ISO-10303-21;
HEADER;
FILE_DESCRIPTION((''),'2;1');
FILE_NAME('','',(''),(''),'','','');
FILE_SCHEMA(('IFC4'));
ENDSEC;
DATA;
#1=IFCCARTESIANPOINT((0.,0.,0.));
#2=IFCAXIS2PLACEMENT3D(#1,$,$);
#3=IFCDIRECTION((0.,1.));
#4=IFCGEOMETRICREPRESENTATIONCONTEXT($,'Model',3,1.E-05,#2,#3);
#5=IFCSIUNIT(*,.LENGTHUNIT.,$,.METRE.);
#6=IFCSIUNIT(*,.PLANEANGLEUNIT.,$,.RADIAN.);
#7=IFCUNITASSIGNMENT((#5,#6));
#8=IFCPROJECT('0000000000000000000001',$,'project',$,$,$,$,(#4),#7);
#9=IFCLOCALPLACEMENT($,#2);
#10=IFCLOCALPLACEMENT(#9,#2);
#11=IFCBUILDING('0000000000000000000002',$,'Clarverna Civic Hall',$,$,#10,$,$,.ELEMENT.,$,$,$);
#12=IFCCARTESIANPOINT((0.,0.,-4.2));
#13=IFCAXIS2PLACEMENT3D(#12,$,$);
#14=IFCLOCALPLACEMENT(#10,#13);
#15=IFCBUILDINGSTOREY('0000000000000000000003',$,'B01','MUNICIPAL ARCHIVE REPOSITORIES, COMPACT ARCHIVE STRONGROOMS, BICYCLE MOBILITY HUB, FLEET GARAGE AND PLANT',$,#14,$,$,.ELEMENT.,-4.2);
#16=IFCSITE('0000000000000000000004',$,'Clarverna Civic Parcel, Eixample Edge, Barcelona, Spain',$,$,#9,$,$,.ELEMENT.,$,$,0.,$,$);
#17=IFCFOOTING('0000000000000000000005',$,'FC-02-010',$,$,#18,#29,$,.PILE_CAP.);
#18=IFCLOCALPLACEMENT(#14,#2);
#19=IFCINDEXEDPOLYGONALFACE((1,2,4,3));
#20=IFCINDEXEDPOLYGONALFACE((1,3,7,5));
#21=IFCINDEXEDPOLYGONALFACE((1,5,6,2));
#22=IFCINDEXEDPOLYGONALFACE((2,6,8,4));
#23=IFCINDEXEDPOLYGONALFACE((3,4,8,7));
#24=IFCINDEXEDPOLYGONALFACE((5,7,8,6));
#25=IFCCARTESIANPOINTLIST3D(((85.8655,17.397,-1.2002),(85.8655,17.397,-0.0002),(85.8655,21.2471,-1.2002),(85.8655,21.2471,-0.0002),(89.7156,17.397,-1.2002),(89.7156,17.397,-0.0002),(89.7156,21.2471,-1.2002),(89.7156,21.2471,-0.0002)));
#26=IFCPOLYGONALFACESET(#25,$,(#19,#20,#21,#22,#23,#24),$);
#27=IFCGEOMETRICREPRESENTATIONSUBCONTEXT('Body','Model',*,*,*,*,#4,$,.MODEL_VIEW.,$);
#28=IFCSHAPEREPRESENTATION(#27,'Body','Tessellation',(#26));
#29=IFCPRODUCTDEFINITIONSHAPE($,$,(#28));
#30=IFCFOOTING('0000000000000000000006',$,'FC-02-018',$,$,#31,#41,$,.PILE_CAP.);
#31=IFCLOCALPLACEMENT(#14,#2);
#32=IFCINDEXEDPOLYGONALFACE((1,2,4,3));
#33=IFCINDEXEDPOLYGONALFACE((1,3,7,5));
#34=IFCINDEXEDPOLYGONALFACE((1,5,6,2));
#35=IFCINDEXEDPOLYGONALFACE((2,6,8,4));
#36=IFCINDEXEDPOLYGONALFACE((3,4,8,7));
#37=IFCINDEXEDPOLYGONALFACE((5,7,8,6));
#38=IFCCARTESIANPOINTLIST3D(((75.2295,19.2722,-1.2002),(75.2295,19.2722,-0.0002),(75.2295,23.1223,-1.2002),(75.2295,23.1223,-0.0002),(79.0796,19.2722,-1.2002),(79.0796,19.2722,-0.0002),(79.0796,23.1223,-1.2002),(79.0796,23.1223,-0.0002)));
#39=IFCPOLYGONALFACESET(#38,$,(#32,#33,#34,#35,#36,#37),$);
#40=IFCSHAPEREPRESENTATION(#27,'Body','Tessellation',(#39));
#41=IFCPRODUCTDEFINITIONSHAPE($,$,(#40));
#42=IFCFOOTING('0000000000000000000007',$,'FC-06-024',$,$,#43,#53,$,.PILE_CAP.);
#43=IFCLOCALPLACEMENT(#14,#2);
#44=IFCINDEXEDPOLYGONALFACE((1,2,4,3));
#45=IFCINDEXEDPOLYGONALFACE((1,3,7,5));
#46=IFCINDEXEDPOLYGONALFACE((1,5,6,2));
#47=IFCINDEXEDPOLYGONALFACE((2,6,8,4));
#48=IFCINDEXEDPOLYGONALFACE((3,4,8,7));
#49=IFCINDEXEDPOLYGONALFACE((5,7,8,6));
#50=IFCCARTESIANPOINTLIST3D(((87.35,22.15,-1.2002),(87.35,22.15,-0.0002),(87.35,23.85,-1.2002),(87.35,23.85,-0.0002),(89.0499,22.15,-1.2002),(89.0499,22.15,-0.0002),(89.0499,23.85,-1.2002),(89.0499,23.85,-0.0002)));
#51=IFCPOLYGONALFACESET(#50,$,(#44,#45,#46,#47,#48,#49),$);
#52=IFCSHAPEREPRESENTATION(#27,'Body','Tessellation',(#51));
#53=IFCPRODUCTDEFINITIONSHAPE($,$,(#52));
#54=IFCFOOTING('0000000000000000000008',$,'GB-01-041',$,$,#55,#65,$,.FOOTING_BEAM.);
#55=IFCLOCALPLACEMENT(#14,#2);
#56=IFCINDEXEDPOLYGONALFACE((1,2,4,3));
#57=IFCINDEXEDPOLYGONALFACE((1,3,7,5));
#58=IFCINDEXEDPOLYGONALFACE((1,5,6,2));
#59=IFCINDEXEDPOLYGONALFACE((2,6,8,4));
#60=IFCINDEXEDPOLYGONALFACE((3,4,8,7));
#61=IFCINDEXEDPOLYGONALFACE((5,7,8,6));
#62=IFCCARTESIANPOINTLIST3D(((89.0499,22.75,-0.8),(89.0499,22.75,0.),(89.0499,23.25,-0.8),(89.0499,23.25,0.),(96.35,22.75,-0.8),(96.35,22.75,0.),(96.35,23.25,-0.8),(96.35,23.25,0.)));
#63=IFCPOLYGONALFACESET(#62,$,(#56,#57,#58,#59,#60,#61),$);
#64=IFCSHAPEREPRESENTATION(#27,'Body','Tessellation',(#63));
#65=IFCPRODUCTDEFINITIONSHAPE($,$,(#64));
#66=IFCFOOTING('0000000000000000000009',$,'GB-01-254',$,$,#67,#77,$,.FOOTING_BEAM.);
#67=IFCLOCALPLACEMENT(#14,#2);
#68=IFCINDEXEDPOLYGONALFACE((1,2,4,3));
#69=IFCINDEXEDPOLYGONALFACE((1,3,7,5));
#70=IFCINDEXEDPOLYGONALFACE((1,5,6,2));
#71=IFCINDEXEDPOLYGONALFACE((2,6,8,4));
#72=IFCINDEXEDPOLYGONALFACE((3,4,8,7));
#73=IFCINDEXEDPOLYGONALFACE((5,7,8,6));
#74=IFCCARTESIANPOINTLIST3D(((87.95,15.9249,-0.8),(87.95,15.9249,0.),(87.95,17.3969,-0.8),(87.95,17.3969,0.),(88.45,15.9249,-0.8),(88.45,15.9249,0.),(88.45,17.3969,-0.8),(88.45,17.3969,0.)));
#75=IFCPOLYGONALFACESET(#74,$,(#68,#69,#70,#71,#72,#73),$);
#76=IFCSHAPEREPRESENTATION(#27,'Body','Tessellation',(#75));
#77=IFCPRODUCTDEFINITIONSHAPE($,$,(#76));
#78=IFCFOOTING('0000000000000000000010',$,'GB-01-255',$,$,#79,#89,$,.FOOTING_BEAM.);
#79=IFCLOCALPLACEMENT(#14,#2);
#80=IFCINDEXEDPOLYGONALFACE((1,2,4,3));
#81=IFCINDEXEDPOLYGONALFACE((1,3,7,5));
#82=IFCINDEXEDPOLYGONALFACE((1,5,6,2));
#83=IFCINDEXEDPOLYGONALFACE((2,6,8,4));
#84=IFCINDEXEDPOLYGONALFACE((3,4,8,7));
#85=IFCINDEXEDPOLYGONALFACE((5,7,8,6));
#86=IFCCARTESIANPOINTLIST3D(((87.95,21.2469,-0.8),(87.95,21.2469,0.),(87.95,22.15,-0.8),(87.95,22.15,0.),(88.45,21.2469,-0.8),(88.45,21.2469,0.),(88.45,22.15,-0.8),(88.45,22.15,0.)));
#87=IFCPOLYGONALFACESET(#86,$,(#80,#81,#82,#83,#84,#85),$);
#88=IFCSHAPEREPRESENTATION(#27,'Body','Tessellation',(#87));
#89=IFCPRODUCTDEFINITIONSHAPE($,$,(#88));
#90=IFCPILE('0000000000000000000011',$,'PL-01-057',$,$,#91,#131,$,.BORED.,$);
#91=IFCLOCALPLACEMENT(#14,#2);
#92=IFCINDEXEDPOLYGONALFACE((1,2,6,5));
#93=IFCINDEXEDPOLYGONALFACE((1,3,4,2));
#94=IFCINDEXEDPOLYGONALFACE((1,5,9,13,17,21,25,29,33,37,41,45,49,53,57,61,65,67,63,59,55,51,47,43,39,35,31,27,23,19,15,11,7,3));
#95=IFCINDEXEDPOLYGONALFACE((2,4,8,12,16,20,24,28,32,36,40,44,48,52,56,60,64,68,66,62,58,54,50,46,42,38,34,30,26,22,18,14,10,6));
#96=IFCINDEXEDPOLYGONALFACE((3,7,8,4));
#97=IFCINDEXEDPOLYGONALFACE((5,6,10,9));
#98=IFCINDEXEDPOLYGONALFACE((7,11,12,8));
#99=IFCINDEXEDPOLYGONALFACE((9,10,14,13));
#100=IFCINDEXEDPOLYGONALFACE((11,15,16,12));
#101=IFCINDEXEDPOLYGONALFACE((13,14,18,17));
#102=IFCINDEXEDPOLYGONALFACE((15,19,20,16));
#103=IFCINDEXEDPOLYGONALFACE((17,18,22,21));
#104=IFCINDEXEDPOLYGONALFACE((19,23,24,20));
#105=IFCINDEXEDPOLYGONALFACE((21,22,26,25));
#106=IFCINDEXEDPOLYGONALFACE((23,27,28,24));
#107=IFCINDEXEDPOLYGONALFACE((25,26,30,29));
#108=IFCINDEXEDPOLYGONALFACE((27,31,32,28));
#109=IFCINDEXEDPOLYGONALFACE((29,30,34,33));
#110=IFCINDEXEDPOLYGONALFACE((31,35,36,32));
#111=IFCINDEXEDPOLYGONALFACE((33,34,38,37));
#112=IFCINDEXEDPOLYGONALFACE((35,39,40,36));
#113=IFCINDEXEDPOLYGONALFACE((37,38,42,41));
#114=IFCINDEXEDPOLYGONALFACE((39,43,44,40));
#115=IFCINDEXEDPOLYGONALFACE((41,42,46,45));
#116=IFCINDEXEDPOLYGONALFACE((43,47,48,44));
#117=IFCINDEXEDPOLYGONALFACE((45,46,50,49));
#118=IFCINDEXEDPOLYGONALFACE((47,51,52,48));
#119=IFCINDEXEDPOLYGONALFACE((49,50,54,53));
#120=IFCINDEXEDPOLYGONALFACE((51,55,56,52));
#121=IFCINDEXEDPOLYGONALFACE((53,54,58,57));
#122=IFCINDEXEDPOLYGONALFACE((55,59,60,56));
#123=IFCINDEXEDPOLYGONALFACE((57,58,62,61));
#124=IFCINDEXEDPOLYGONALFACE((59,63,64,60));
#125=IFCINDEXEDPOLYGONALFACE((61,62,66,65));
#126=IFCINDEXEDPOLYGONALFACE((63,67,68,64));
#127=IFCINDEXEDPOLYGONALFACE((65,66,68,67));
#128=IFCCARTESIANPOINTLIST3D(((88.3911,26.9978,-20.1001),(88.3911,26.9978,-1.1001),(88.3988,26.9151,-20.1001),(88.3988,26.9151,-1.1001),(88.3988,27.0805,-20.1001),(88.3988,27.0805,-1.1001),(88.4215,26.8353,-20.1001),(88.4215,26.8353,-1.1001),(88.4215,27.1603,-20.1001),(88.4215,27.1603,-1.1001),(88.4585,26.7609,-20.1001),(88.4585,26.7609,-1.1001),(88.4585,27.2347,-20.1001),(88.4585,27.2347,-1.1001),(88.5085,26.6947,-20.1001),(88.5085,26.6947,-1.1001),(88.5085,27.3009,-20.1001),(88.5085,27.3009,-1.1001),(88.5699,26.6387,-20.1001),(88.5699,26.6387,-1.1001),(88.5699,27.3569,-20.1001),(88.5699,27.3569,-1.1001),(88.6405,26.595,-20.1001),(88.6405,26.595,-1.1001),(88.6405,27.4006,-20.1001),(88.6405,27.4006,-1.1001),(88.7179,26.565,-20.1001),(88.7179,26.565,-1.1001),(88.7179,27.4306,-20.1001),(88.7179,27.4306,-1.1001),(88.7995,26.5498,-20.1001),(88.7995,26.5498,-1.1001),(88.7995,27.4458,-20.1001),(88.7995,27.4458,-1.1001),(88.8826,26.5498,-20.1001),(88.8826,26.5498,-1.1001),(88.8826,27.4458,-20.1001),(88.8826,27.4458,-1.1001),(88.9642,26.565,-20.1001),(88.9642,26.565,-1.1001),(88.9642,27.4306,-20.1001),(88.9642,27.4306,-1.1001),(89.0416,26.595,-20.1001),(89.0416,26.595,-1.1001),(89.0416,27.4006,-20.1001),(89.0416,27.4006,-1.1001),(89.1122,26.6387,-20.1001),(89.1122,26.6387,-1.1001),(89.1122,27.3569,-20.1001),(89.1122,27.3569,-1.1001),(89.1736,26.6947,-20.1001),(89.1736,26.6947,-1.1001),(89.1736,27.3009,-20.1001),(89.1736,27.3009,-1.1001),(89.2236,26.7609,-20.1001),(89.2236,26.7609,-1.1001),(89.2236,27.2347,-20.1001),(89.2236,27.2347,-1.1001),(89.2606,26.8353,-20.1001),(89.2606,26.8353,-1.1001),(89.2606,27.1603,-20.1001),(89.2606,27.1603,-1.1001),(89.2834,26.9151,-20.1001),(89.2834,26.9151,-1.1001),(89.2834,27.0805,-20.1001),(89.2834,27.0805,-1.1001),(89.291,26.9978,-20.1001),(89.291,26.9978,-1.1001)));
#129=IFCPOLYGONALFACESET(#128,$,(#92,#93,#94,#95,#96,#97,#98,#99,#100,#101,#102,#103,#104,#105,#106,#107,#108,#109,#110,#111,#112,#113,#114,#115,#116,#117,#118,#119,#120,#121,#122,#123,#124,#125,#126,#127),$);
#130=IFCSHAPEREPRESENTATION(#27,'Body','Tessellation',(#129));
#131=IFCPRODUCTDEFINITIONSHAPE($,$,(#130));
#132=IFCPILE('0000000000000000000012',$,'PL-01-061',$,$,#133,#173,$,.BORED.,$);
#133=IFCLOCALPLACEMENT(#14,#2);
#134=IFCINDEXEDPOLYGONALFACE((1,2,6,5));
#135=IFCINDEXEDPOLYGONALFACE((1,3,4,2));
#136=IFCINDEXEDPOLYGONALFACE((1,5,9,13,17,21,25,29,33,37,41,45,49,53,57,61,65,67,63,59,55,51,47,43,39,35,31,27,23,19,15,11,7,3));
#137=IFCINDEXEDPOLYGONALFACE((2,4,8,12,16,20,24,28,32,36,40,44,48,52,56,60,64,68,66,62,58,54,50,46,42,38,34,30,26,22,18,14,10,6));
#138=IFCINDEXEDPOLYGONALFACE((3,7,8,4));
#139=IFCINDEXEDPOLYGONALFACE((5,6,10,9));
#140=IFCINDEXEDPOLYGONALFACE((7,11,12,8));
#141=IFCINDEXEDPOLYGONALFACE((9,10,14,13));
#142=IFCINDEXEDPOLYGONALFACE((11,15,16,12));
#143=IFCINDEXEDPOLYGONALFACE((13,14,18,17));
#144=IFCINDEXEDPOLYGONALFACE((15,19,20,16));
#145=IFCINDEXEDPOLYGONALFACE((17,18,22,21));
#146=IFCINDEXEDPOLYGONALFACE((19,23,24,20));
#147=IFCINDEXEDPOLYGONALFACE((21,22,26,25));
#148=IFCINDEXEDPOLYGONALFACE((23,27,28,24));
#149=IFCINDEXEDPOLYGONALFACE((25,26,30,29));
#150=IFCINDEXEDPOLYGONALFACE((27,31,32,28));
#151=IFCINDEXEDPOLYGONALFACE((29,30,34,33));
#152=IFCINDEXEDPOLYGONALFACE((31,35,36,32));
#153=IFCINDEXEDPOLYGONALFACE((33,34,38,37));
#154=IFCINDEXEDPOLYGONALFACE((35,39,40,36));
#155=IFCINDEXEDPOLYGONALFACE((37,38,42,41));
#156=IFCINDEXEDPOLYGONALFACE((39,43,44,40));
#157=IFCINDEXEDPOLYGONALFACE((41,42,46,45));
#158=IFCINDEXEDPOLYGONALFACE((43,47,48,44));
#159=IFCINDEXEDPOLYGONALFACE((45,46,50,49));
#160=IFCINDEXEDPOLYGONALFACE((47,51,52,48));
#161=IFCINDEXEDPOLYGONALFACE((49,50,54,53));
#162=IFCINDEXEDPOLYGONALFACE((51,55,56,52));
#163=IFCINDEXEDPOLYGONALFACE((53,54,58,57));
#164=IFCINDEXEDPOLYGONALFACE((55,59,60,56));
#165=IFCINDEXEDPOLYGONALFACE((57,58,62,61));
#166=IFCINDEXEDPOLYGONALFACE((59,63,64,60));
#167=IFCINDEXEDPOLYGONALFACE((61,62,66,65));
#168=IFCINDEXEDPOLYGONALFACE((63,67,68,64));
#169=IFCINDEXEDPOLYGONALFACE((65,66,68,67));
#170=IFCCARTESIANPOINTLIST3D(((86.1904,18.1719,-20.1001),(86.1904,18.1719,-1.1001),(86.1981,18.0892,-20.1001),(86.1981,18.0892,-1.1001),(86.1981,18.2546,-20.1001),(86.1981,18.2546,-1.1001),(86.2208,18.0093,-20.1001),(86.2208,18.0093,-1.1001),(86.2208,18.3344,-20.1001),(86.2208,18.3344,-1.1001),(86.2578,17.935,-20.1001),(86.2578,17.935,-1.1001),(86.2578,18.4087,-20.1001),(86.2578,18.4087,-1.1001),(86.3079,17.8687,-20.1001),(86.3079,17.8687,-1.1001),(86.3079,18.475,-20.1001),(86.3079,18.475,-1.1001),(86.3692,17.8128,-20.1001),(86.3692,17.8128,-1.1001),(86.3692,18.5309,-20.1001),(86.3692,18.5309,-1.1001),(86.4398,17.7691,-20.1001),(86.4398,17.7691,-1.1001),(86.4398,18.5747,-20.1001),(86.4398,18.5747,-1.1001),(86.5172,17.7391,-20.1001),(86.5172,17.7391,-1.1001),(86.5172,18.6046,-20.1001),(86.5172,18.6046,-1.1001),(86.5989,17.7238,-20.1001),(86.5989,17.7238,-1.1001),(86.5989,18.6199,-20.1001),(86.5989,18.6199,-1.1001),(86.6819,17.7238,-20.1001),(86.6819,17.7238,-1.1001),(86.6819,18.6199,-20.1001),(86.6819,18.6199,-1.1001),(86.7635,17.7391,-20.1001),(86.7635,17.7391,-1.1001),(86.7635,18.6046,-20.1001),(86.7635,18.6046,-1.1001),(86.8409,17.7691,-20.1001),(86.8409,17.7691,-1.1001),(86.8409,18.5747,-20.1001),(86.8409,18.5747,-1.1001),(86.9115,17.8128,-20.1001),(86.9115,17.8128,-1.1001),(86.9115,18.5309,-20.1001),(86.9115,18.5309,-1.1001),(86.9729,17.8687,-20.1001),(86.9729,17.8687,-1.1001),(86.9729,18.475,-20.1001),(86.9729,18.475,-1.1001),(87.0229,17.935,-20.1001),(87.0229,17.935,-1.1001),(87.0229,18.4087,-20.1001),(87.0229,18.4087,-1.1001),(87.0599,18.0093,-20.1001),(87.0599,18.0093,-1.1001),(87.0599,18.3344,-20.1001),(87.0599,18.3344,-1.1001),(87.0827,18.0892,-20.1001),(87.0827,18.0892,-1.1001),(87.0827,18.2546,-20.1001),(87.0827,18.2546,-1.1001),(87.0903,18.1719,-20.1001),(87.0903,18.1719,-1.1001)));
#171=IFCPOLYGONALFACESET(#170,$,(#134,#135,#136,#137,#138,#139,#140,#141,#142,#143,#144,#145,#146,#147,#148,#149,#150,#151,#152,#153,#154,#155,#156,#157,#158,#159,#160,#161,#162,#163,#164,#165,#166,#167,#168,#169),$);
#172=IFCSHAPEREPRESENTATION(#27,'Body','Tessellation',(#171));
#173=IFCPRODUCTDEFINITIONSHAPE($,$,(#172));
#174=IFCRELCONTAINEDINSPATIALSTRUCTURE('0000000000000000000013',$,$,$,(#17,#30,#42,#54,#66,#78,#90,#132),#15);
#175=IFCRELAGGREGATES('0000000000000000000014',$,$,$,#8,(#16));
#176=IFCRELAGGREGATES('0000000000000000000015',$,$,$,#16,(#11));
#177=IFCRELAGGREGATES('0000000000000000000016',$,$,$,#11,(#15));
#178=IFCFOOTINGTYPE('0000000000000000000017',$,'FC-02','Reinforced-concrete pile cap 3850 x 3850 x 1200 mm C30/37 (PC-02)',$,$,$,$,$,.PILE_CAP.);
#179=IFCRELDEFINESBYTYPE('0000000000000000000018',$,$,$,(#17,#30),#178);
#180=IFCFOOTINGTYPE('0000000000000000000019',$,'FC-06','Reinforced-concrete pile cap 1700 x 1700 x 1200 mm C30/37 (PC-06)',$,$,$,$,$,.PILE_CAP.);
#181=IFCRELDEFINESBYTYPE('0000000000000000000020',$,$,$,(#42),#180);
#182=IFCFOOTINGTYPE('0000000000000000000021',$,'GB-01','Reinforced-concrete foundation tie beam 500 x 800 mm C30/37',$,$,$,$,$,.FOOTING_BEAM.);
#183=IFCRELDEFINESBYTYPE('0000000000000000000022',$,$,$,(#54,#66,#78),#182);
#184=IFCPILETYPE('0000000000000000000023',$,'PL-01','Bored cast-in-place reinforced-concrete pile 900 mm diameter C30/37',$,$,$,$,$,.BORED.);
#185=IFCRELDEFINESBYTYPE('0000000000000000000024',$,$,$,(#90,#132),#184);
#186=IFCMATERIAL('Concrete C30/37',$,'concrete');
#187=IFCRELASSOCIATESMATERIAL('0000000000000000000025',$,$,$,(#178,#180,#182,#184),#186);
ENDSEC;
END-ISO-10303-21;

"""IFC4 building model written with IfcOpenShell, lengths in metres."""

from ifc_helpers import new_model, si_unit, direction, frame, frame_2d, origin, origin_2d, place, context, subcontext, project, spatial, rectangle, circle, extrude, material, material_profile, profile_set, type_object, element, save


model = new_model("IFC4")

# Units and contexts
model_context = context("Model", 3, precision=1e-05, world=origin(), true_north=direction((0.0, 1.0)))
body_context = subcontext(model_context, "Body", "Model", "MODEL_VIEW")
ifc_project = project(units=[si_unit("LENGTHUNIT", "METRE"), si_unit("PLANEANGLEUNIT", "RADIAN")], contexts=[model_context])

# Site, building, storey
site_placement = place(None, origin())
site = spatial("IfcSite", under=ifc_project, at=site_placement, Name="Clarverna Civic Parcel, Eixample Edge, Barcelona, Spain", CompositionType="ELEMENT", RefElevation=0.0)
building_placement = place(site_placement, origin())
building = spatial("IfcBuilding", under=site, at=building_placement, Name="Clarverna Civic Hall", CompositionType="ELEMENT")
storey_placement = place(building_placement, frame((0.0, 0.0, -4.2)))
storey = spatial("IfcBuildingStorey", under=building, at=storey_placement, Name="B01", Description="MUNICIPAL ARCHIVE REPOSITORIES, COMPACT ARCHIVE STRONGROOMS, BICYCLE MOBILITY HUB, FLEET GARAGE AND PLANT", CompositionType="ELEMENT", Elevation=-4.2)

# Footings
ifc_material_1 = material(Name="Concrete C30/37", Category="concrete")
footing_type_1 = type_object("IfcFootingType", Name="FC-02", Description="Reinforced-concrete pile cap 3850 x 3850 x 1200 mm C30/37 (PC-02)", PredefinedType="PILE_CAP", material=ifc_material_1)
for number, where, z_axis, x_axis, name in (
    (1, (87.7905, 19.322, -1.2002), (0.0, 0.0, 1.0), (1.0, 0.0, 0.0), "FC-02-010"),
    (2, (77.1545, 21.1973, -1.2002), (0.0, 0.0, 1.0), (1.0, 0.0, 0.0), "FC-02-018"),
):
    element("IfcFooting", number, at=place(storey_placement, frame(where, z_axis=z_axis, x_axis=x_axis)), inside=storey, type_object=footing_type_1, Name=name, PredefinedType="PILE_CAP", context=body_context, shape_type="SweptSolid", body=[
        extrude(rectangle(XDim=3.8501, YDim=3.8501, at=origin_2d()), origin(), (0.0, 0.0, 1.0), 1.2),
    ])
footing_type_2 = type_object("IfcFootingType", Name="FC-06", Description="Reinforced-concrete pile cap 1700 x 1700 x 1200 mm C30/37 (PC-06)", PredefinedType="PILE_CAP", material=ifc_material_1)
footing_1_placement = place(storey_placement, frame((88.2, 23.0, -1.2002), z_axis=(0.0, 0.0, 1.0), x_axis=(1.0, 0.0, 0.0)))
element("IfcFooting", 3, at=footing_1_placement, inside=storey, type_object=footing_type_2, Name="FC-06-024", PredefinedType="PILE_CAP", context=body_context, shape_type="SweptSolid", body=[
    extrude(rectangle(XDim=1.7, YDim=1.7, at=origin_2d()), origin(), (0.0, 0.0, 1.0), 1.2),
])
footing_type_3 = type_object("IfcFootingType", Name="GB-01", Description="Reinforced-concrete foundation tie beam 500 x 800 mm C30/37", PredefinedType="FOOTING_BEAM", material=ifc_material_1)
footing_2_placement = place(storey_placement, frame((89.05, 23.0, -0.8), z_axis=(0.0, 0.0, 1.0), x_axis=(1.0, 0.0, 0.0)))
element("IfcFooting", 4, at=footing_2_placement, inside=storey, type_object=footing_type_3, Name="GB-01-041", PredefinedType="FOOTING_BEAM", context=body_context, shape_type="SweptSolid", body=[
    extrude(rectangle(XDim=7.3, YDim=0.5, at=frame_2d((3.6499, 0.0))), origin(), (0.0, 0.0, 1.0), 0.8),
])
footing_3_placement = place(storey_placement, frame((88.2, 15.925, -0.8), z_axis=(0.0, 0.0, 1.0), x_axis=(0.0, 1.0, 0.0)))
element("IfcFooting", 5, at=footing_3_placement, inside=storey, type_object=footing_type_3, Name="GB-01-254", PredefinedType="FOOTING_BEAM", context=body_context, shape_type="SweptSolid", body=[
    extrude(rectangle(XDim=1.4719, YDim=0.5, at=frame_2d((0.7358, 0.0))), origin(), (0.0, 0.0, 1.0), 0.8),
])
footing_4_placement = place(storey_placement, frame((88.2, 21.2468, -0.8), z_axis=(0.0, 0.0, 1.0), x_axis=(0.0, 1.0, 0.0)))
element("IfcFooting", 6, at=footing_4_placement, inside=storey, type_object=footing_type_3, Name="GB-01-255", PredefinedType="FOOTING_BEAM", context=body_context, shape_type="SweptSolid", body=[
    extrude(rectangle(XDim=0.9031, YDim=0.5, at=frame_2d((0.4517, 0.0))), origin(), (0.0, 0.0, 1.0), 0.8),
])

# Piles
ifc_material_profile_1 = material_profile(ifc_material_1, circle(Radius=0.45, at=origin_2d()), Name="BORED PILE D900")
ifc_profile_set_1 = profile_set([ifc_material_profile_1], Name="Concrete C30/37")
pile_type = type_object("IfcPileType", Name="PL-01", Description="Bored cast-in-place reinforced-concrete pile 900 mm diameter C30/37", PredefinedType="BORED", material=ifc_profile_set_1)
for number, where, z_axis, x_axis, name in (
    (7, (88.8411, 26.9978, -1.1001), (0.0, 0.0, -1.0), (1.0, 0.0, 0.0), "PL-01-057"),
    (8, (86.6404, 18.1719, -1.1001), (0.0, 0.0, -1.0), (1.0, 0.0, 0.0), "PL-01-061"),
):
    element("IfcPile", number, at=place(storey_placement, frame(where, z_axis=z_axis, x_axis=x_axis)), inside=storey, type_object=pile_type, Name=name, PredefinedType="BORED", context=body_context, shape_type="SweptSolid", body=[
        extrude(circle(Radius=0.45, at=origin_2d()), origin(), (0.0, 0.0, 1.0), 19.0),
    ])

save(model, "model.ifc")
